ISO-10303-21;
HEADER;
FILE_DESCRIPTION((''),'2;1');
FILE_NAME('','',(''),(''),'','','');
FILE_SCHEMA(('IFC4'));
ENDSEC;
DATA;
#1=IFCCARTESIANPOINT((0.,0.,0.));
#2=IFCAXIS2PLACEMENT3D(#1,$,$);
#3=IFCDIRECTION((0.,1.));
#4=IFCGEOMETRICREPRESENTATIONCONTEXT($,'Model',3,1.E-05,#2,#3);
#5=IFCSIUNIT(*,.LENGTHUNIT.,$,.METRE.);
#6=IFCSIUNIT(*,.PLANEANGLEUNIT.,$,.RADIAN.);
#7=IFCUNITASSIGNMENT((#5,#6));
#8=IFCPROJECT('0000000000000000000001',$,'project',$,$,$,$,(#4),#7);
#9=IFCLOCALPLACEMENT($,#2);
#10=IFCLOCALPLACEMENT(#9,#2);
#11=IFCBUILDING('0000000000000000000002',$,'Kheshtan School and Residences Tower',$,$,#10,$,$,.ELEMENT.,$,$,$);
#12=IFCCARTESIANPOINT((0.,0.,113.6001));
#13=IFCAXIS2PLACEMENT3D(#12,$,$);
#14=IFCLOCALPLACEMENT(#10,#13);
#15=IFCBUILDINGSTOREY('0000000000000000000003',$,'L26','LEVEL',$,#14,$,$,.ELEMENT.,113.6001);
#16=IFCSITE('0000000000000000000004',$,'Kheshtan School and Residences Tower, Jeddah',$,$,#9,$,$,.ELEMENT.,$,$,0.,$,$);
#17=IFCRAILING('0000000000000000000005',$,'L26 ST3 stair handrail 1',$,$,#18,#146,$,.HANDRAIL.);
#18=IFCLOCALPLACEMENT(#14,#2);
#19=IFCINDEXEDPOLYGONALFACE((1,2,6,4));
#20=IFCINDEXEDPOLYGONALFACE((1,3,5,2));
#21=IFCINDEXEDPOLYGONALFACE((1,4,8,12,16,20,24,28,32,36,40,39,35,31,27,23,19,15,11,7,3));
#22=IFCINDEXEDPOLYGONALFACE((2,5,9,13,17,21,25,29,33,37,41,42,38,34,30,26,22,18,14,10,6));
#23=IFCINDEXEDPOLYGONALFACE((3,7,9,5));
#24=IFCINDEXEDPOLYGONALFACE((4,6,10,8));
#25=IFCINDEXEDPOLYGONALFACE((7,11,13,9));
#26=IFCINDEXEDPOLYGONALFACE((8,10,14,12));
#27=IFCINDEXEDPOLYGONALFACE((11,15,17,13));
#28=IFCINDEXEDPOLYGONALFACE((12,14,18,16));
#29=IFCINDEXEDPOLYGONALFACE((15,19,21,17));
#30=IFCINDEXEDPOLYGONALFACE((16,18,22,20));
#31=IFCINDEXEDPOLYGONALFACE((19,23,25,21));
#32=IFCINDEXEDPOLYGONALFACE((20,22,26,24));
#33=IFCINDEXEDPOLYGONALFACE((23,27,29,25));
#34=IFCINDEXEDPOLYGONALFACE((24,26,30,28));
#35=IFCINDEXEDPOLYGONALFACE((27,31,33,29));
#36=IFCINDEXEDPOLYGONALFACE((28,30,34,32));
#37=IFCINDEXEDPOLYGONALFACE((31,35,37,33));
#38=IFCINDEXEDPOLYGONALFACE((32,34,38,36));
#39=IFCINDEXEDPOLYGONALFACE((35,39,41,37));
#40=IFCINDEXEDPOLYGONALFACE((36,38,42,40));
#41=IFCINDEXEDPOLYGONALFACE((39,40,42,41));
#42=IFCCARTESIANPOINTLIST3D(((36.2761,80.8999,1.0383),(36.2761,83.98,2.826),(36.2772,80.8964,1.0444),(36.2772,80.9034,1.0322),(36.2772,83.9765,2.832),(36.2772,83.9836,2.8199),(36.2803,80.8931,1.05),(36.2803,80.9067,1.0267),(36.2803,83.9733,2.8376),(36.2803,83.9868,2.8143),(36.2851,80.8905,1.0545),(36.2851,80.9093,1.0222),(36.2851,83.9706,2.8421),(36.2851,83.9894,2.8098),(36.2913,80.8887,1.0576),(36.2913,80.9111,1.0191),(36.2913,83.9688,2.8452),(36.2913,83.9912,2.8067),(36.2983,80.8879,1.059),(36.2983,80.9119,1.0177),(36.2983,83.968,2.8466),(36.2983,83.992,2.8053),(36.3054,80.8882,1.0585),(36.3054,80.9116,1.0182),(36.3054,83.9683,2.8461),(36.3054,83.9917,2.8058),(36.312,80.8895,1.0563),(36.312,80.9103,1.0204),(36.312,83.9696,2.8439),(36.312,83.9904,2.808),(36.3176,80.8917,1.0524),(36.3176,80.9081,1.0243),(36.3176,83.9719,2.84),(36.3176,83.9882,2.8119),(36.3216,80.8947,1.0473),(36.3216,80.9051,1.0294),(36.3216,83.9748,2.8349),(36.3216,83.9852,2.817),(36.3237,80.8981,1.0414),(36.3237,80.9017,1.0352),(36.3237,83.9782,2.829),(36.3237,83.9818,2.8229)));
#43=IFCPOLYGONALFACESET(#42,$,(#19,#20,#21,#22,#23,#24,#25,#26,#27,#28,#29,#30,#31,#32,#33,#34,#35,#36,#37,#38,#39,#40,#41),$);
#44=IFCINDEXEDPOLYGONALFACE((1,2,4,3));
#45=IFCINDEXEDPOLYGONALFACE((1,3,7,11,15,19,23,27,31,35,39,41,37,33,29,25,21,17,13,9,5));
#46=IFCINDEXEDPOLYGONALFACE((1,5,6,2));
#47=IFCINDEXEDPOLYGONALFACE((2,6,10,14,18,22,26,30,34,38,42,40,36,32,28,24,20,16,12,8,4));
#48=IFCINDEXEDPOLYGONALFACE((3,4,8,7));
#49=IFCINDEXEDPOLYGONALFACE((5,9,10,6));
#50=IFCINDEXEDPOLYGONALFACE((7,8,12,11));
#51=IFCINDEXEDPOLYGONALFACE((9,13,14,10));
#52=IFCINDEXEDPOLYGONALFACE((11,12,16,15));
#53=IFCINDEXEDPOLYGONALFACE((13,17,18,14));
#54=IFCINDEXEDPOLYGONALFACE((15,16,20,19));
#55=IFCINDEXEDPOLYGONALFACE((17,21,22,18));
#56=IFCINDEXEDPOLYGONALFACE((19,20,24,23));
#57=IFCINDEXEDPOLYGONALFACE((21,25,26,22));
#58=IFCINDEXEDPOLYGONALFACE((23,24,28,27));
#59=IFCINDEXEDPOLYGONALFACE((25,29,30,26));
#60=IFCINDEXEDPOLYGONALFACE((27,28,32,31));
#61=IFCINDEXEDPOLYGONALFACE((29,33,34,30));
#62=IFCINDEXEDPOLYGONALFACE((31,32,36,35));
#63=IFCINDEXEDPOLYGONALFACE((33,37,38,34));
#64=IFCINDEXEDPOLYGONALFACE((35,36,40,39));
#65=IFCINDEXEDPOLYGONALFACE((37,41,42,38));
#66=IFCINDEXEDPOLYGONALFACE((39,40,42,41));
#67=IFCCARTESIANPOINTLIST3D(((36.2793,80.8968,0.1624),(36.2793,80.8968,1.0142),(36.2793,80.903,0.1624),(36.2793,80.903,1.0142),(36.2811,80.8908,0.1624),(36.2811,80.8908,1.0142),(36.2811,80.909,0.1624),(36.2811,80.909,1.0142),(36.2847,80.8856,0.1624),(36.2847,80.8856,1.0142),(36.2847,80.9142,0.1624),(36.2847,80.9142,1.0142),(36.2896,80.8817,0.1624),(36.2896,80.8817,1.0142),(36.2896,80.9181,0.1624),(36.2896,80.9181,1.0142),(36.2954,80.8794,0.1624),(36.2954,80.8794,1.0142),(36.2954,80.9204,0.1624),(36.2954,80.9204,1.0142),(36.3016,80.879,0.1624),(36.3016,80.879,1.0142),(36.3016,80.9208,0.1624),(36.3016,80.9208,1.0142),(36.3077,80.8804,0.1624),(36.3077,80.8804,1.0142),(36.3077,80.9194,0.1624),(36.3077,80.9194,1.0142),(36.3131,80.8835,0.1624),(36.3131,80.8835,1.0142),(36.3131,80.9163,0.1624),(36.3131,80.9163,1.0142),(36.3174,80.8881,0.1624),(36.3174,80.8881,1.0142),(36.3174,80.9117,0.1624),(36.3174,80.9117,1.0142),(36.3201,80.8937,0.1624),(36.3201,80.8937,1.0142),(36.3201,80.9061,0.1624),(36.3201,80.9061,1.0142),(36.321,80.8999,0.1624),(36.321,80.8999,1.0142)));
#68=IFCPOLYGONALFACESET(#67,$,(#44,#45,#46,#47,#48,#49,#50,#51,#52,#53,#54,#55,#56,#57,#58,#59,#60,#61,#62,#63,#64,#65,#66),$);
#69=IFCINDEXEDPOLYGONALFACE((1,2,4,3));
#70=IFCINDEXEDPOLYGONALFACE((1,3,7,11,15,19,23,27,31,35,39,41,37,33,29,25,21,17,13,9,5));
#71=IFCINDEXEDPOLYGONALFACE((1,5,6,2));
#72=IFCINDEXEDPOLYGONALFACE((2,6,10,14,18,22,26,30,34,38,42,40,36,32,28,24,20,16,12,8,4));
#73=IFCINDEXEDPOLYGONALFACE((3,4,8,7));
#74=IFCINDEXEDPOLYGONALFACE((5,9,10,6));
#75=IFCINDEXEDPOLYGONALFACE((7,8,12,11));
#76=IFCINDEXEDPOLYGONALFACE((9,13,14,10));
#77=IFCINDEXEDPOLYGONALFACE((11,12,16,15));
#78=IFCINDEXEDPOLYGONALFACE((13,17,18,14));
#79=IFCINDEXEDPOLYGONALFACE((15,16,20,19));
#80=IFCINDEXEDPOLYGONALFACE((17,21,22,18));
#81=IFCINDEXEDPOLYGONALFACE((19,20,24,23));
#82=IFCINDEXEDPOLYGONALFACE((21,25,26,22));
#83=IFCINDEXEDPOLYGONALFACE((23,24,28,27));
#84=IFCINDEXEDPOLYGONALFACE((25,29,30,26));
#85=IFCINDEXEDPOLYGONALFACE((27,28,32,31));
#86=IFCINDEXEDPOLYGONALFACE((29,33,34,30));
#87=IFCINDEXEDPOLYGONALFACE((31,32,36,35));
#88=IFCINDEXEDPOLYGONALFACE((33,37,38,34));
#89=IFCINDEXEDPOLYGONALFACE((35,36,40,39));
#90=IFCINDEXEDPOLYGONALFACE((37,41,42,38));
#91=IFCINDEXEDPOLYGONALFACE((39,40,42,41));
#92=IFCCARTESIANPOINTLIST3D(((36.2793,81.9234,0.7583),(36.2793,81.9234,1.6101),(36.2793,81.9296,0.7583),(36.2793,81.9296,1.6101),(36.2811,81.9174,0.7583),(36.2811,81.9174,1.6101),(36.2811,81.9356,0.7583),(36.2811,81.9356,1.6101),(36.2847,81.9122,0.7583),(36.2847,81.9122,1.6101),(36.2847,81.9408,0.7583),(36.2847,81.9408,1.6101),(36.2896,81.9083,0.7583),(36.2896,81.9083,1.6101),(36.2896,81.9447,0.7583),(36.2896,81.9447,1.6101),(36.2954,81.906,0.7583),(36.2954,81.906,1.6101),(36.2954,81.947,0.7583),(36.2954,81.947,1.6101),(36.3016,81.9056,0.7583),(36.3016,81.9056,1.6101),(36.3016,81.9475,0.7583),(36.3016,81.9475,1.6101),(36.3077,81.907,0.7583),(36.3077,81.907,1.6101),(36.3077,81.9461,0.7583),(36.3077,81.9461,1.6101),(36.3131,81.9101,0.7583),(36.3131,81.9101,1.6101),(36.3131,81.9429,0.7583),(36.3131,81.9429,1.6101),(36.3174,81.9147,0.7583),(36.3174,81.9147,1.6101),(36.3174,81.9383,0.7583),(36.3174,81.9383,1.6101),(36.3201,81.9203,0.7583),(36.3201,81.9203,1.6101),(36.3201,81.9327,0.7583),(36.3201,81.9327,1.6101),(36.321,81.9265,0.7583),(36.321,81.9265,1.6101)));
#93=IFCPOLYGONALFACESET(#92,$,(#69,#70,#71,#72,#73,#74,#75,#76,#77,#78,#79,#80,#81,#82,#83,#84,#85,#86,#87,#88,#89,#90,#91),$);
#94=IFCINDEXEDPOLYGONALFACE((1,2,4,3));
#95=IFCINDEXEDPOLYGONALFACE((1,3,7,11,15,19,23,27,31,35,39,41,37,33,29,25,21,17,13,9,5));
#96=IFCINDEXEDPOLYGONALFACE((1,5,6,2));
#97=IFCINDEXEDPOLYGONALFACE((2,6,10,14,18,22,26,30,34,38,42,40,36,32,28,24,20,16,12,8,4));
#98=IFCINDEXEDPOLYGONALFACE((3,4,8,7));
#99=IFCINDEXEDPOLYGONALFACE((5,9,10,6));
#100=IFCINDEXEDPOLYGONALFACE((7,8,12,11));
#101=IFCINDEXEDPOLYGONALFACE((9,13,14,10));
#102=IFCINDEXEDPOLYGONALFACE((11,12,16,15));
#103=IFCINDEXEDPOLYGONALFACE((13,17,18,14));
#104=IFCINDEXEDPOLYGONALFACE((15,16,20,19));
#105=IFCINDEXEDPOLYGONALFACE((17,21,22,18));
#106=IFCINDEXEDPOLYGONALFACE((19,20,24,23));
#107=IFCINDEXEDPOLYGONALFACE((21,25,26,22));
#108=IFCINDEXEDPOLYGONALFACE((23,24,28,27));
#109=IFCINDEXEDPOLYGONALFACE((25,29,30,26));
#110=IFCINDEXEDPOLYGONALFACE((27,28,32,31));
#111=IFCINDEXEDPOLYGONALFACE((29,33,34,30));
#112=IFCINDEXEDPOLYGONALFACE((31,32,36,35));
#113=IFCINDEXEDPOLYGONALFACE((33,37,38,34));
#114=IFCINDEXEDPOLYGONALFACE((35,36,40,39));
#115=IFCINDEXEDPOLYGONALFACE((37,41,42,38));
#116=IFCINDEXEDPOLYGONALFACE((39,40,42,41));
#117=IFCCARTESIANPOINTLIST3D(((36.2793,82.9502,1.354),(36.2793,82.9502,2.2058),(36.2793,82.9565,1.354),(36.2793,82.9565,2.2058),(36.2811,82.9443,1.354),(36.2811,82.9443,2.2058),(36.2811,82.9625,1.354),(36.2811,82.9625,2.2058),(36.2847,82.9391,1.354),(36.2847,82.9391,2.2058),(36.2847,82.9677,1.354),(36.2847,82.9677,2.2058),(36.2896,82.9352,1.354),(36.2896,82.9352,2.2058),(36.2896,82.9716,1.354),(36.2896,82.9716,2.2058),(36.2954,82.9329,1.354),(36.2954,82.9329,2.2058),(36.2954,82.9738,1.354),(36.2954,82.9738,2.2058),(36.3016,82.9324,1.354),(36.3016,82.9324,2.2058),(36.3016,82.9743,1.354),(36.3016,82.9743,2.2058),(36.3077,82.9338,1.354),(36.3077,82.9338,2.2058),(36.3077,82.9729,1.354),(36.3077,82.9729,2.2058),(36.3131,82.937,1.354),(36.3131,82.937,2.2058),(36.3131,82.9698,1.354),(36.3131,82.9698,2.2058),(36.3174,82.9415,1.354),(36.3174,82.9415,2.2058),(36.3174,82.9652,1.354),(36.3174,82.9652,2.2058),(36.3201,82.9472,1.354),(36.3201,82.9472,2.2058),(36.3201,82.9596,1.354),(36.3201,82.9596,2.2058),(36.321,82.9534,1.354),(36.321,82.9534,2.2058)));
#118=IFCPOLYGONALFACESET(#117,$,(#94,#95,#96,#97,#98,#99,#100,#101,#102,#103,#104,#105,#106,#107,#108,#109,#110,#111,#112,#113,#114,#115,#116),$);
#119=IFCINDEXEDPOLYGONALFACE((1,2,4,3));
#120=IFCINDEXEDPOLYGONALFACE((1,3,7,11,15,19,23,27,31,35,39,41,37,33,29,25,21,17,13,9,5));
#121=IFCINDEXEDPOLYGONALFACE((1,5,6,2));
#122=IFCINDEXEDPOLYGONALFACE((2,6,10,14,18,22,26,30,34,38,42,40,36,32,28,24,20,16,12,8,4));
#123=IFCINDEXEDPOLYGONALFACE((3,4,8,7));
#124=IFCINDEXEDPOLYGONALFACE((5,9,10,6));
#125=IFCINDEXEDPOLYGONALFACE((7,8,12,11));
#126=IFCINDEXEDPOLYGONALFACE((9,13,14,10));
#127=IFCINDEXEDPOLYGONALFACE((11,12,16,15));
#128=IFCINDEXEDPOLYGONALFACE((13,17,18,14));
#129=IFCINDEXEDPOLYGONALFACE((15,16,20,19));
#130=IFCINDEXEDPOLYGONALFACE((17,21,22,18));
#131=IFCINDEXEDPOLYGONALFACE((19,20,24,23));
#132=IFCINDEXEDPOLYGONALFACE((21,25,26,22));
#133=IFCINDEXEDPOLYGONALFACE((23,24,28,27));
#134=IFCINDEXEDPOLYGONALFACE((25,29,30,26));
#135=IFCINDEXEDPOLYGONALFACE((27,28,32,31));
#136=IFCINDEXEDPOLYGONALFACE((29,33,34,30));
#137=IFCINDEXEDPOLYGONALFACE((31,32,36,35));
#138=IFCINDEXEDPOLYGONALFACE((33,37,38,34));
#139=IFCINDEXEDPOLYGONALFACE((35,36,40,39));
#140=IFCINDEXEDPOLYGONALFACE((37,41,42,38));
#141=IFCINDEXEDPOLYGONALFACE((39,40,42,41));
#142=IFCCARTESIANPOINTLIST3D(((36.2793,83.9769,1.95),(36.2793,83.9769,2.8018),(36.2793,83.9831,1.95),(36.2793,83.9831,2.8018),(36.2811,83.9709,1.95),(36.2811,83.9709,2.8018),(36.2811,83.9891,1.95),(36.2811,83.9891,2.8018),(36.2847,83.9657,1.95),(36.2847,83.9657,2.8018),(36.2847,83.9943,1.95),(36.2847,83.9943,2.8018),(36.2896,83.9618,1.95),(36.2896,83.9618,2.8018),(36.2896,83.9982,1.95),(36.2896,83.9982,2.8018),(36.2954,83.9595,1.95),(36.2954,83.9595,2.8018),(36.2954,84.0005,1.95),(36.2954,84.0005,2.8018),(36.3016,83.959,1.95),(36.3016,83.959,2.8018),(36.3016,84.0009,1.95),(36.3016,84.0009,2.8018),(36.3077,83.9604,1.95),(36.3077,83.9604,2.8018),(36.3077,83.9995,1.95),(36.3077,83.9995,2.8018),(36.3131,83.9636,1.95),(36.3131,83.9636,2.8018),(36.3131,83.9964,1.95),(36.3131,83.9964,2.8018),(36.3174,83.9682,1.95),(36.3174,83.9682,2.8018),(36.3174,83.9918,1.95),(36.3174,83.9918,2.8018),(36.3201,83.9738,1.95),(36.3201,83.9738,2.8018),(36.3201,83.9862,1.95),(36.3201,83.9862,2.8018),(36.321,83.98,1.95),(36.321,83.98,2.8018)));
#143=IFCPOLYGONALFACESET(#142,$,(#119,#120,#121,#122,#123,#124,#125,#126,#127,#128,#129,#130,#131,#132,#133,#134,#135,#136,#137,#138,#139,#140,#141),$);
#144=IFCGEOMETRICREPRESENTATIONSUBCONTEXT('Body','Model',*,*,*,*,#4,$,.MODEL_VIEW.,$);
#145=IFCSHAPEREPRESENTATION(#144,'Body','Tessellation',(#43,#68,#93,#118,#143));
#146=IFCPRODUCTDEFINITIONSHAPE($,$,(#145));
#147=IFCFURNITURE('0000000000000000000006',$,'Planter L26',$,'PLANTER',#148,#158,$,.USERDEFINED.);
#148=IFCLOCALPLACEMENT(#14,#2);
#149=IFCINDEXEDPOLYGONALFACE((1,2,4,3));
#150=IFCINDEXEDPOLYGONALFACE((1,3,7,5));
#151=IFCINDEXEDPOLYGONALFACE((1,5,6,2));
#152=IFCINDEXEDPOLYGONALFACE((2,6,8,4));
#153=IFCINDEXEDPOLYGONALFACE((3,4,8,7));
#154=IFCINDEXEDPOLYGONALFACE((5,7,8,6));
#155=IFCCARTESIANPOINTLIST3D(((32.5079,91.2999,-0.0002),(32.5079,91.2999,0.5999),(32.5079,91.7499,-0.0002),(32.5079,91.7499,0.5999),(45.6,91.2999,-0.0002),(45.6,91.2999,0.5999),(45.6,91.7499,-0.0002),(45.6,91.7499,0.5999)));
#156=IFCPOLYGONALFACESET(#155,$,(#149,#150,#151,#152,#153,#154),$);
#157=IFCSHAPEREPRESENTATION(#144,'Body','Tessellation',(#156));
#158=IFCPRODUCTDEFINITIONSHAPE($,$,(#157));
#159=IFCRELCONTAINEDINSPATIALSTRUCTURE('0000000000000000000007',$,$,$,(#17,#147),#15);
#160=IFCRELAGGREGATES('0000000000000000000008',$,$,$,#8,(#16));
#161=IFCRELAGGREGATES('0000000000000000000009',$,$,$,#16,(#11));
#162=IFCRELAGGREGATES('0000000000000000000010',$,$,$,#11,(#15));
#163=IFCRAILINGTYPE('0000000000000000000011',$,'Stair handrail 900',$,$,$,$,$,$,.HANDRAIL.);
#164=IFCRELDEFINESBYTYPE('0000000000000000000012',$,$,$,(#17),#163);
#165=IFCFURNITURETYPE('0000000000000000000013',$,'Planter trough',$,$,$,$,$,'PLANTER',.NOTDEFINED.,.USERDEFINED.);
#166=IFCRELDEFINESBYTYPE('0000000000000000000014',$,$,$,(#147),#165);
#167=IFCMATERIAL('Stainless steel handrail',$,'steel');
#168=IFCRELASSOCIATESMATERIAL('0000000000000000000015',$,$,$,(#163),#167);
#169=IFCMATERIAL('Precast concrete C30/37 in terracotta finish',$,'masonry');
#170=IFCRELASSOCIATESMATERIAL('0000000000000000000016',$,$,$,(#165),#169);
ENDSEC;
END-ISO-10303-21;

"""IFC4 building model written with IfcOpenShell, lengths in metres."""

from ifc_helpers import new_model, si_unit, direction, frame, origin, origin_2d, place, context, subcontext, project, spatial, rectangle, circle, extrude, material, type_object, element, save


model = new_model("IFC4")

# Units and contexts
model_context = context("Model", 3, precision=1e-05, world=origin(), true_north=direction((0.0, 1.0)))
body_context = subcontext(model_context, "Body", "Model", "MODEL_VIEW")
ifc_project = project(units=[si_unit("LENGTHUNIT", "METRE"), si_unit("PLANEANGLEUNIT", "RADIAN")], contexts=[model_context])

# Site, building, storey
site_placement = place(None, origin())
site = spatial("IfcSite", under=ifc_project, at=site_placement, Name="Kheshtan School and Residences Tower, Jeddah", CompositionType="ELEMENT", RefElevation=0.0)
building_placement = place(site_placement, origin())
building = spatial("IfcBuilding", under=site, at=building_placement, Name="Kheshtan School and Residences Tower", CompositionType="ELEMENT")
storey_placement = place(building_placement, frame((0.0, 0.0, 113.6001)))
storey = spatial("IfcBuildingStorey", under=building, at=storey_placement, Name="L26", Description="LEVEL", CompositionType="ELEMENT", Elevation=113.6001)

# Railing
ifc_material_1 = material(Name="Stainless steel handrail", Category="steel")
railing_type = type_object("IfcRailingType", Name="Stair handrail 900", PredefinedType="HANDRAIL", material=ifc_material_1)
railing_placement = place(storey_placement, frame((36.3, 80.8999, 0.1624)))
element("IfcRailing", 1, at=railing_placement, inside=storey, type_object=railing_type, Name="L26 ST3 stair handrail 1", PredefinedType="HANDRAIL", context=body_context, shape_type="SweptSolid", body=[
    extrude(circle(Radius=0.0239, at=origin_2d()), frame((0.0, 0.0, 0.876), z_axis=(0.0, 0.864891, 0.50196), x_axis=(-1.0, 0.0, 0.0)), (0.0, 0.0, 1.0), 3.5613),
    extrude(circle(Radius=0.021, at=origin_2d()), origin(), (0.0, 0.0, 1.0), 0.8518),
    extrude(circle(Radius=0.021, at=origin_2d()), frame((0.0, 1.0266, 0.5959)), (0.0, 0.0, 1.0), 0.8518),
    extrude(circle(Radius=0.021, at=origin_2d()), frame((0.0, 2.0535, 1.1917)), (0.0, 0.0, 1.0), 0.8518),
    extrude(circle(Radius=0.021, at=origin_2d()), frame((0.0, 3.0801, 1.7876)), (0.0, 0.0, 1.0), 0.8518),
])

# Furniture
ifc_material_2 = material(Name="Precast concrete C30/37 in terracotta finish", Category="masonry")
furniture_type = type_object("IfcFurnitureType", Name="Planter trough", ElementType="PLANTER", AssemblyPlace="NOTDEFINED", PredefinedType="USERDEFINED", material=ifc_material_2)
furniture_placement = place(storey_placement, frame((39.054, 91.5249, -0.0002), z_axis=(0.0, 0.0, 1.0), x_axis=(1.0, 0.0, 0.0)))
element("IfcFurniture", 2, at=furniture_placement, inside=storey, type_object=furniture_type, Name="Planter L26", ObjectType="PLANTER", PredefinedType="USERDEFINED", context=body_context, shape_type="SweptSolid", body=[
    extrude(rectangle(XDim=13.092, YDim=0.45, at=origin_2d()), origin(), (0.0, 0.0, 1.0), 0.6001),
])

save(model, "model.ifc")
